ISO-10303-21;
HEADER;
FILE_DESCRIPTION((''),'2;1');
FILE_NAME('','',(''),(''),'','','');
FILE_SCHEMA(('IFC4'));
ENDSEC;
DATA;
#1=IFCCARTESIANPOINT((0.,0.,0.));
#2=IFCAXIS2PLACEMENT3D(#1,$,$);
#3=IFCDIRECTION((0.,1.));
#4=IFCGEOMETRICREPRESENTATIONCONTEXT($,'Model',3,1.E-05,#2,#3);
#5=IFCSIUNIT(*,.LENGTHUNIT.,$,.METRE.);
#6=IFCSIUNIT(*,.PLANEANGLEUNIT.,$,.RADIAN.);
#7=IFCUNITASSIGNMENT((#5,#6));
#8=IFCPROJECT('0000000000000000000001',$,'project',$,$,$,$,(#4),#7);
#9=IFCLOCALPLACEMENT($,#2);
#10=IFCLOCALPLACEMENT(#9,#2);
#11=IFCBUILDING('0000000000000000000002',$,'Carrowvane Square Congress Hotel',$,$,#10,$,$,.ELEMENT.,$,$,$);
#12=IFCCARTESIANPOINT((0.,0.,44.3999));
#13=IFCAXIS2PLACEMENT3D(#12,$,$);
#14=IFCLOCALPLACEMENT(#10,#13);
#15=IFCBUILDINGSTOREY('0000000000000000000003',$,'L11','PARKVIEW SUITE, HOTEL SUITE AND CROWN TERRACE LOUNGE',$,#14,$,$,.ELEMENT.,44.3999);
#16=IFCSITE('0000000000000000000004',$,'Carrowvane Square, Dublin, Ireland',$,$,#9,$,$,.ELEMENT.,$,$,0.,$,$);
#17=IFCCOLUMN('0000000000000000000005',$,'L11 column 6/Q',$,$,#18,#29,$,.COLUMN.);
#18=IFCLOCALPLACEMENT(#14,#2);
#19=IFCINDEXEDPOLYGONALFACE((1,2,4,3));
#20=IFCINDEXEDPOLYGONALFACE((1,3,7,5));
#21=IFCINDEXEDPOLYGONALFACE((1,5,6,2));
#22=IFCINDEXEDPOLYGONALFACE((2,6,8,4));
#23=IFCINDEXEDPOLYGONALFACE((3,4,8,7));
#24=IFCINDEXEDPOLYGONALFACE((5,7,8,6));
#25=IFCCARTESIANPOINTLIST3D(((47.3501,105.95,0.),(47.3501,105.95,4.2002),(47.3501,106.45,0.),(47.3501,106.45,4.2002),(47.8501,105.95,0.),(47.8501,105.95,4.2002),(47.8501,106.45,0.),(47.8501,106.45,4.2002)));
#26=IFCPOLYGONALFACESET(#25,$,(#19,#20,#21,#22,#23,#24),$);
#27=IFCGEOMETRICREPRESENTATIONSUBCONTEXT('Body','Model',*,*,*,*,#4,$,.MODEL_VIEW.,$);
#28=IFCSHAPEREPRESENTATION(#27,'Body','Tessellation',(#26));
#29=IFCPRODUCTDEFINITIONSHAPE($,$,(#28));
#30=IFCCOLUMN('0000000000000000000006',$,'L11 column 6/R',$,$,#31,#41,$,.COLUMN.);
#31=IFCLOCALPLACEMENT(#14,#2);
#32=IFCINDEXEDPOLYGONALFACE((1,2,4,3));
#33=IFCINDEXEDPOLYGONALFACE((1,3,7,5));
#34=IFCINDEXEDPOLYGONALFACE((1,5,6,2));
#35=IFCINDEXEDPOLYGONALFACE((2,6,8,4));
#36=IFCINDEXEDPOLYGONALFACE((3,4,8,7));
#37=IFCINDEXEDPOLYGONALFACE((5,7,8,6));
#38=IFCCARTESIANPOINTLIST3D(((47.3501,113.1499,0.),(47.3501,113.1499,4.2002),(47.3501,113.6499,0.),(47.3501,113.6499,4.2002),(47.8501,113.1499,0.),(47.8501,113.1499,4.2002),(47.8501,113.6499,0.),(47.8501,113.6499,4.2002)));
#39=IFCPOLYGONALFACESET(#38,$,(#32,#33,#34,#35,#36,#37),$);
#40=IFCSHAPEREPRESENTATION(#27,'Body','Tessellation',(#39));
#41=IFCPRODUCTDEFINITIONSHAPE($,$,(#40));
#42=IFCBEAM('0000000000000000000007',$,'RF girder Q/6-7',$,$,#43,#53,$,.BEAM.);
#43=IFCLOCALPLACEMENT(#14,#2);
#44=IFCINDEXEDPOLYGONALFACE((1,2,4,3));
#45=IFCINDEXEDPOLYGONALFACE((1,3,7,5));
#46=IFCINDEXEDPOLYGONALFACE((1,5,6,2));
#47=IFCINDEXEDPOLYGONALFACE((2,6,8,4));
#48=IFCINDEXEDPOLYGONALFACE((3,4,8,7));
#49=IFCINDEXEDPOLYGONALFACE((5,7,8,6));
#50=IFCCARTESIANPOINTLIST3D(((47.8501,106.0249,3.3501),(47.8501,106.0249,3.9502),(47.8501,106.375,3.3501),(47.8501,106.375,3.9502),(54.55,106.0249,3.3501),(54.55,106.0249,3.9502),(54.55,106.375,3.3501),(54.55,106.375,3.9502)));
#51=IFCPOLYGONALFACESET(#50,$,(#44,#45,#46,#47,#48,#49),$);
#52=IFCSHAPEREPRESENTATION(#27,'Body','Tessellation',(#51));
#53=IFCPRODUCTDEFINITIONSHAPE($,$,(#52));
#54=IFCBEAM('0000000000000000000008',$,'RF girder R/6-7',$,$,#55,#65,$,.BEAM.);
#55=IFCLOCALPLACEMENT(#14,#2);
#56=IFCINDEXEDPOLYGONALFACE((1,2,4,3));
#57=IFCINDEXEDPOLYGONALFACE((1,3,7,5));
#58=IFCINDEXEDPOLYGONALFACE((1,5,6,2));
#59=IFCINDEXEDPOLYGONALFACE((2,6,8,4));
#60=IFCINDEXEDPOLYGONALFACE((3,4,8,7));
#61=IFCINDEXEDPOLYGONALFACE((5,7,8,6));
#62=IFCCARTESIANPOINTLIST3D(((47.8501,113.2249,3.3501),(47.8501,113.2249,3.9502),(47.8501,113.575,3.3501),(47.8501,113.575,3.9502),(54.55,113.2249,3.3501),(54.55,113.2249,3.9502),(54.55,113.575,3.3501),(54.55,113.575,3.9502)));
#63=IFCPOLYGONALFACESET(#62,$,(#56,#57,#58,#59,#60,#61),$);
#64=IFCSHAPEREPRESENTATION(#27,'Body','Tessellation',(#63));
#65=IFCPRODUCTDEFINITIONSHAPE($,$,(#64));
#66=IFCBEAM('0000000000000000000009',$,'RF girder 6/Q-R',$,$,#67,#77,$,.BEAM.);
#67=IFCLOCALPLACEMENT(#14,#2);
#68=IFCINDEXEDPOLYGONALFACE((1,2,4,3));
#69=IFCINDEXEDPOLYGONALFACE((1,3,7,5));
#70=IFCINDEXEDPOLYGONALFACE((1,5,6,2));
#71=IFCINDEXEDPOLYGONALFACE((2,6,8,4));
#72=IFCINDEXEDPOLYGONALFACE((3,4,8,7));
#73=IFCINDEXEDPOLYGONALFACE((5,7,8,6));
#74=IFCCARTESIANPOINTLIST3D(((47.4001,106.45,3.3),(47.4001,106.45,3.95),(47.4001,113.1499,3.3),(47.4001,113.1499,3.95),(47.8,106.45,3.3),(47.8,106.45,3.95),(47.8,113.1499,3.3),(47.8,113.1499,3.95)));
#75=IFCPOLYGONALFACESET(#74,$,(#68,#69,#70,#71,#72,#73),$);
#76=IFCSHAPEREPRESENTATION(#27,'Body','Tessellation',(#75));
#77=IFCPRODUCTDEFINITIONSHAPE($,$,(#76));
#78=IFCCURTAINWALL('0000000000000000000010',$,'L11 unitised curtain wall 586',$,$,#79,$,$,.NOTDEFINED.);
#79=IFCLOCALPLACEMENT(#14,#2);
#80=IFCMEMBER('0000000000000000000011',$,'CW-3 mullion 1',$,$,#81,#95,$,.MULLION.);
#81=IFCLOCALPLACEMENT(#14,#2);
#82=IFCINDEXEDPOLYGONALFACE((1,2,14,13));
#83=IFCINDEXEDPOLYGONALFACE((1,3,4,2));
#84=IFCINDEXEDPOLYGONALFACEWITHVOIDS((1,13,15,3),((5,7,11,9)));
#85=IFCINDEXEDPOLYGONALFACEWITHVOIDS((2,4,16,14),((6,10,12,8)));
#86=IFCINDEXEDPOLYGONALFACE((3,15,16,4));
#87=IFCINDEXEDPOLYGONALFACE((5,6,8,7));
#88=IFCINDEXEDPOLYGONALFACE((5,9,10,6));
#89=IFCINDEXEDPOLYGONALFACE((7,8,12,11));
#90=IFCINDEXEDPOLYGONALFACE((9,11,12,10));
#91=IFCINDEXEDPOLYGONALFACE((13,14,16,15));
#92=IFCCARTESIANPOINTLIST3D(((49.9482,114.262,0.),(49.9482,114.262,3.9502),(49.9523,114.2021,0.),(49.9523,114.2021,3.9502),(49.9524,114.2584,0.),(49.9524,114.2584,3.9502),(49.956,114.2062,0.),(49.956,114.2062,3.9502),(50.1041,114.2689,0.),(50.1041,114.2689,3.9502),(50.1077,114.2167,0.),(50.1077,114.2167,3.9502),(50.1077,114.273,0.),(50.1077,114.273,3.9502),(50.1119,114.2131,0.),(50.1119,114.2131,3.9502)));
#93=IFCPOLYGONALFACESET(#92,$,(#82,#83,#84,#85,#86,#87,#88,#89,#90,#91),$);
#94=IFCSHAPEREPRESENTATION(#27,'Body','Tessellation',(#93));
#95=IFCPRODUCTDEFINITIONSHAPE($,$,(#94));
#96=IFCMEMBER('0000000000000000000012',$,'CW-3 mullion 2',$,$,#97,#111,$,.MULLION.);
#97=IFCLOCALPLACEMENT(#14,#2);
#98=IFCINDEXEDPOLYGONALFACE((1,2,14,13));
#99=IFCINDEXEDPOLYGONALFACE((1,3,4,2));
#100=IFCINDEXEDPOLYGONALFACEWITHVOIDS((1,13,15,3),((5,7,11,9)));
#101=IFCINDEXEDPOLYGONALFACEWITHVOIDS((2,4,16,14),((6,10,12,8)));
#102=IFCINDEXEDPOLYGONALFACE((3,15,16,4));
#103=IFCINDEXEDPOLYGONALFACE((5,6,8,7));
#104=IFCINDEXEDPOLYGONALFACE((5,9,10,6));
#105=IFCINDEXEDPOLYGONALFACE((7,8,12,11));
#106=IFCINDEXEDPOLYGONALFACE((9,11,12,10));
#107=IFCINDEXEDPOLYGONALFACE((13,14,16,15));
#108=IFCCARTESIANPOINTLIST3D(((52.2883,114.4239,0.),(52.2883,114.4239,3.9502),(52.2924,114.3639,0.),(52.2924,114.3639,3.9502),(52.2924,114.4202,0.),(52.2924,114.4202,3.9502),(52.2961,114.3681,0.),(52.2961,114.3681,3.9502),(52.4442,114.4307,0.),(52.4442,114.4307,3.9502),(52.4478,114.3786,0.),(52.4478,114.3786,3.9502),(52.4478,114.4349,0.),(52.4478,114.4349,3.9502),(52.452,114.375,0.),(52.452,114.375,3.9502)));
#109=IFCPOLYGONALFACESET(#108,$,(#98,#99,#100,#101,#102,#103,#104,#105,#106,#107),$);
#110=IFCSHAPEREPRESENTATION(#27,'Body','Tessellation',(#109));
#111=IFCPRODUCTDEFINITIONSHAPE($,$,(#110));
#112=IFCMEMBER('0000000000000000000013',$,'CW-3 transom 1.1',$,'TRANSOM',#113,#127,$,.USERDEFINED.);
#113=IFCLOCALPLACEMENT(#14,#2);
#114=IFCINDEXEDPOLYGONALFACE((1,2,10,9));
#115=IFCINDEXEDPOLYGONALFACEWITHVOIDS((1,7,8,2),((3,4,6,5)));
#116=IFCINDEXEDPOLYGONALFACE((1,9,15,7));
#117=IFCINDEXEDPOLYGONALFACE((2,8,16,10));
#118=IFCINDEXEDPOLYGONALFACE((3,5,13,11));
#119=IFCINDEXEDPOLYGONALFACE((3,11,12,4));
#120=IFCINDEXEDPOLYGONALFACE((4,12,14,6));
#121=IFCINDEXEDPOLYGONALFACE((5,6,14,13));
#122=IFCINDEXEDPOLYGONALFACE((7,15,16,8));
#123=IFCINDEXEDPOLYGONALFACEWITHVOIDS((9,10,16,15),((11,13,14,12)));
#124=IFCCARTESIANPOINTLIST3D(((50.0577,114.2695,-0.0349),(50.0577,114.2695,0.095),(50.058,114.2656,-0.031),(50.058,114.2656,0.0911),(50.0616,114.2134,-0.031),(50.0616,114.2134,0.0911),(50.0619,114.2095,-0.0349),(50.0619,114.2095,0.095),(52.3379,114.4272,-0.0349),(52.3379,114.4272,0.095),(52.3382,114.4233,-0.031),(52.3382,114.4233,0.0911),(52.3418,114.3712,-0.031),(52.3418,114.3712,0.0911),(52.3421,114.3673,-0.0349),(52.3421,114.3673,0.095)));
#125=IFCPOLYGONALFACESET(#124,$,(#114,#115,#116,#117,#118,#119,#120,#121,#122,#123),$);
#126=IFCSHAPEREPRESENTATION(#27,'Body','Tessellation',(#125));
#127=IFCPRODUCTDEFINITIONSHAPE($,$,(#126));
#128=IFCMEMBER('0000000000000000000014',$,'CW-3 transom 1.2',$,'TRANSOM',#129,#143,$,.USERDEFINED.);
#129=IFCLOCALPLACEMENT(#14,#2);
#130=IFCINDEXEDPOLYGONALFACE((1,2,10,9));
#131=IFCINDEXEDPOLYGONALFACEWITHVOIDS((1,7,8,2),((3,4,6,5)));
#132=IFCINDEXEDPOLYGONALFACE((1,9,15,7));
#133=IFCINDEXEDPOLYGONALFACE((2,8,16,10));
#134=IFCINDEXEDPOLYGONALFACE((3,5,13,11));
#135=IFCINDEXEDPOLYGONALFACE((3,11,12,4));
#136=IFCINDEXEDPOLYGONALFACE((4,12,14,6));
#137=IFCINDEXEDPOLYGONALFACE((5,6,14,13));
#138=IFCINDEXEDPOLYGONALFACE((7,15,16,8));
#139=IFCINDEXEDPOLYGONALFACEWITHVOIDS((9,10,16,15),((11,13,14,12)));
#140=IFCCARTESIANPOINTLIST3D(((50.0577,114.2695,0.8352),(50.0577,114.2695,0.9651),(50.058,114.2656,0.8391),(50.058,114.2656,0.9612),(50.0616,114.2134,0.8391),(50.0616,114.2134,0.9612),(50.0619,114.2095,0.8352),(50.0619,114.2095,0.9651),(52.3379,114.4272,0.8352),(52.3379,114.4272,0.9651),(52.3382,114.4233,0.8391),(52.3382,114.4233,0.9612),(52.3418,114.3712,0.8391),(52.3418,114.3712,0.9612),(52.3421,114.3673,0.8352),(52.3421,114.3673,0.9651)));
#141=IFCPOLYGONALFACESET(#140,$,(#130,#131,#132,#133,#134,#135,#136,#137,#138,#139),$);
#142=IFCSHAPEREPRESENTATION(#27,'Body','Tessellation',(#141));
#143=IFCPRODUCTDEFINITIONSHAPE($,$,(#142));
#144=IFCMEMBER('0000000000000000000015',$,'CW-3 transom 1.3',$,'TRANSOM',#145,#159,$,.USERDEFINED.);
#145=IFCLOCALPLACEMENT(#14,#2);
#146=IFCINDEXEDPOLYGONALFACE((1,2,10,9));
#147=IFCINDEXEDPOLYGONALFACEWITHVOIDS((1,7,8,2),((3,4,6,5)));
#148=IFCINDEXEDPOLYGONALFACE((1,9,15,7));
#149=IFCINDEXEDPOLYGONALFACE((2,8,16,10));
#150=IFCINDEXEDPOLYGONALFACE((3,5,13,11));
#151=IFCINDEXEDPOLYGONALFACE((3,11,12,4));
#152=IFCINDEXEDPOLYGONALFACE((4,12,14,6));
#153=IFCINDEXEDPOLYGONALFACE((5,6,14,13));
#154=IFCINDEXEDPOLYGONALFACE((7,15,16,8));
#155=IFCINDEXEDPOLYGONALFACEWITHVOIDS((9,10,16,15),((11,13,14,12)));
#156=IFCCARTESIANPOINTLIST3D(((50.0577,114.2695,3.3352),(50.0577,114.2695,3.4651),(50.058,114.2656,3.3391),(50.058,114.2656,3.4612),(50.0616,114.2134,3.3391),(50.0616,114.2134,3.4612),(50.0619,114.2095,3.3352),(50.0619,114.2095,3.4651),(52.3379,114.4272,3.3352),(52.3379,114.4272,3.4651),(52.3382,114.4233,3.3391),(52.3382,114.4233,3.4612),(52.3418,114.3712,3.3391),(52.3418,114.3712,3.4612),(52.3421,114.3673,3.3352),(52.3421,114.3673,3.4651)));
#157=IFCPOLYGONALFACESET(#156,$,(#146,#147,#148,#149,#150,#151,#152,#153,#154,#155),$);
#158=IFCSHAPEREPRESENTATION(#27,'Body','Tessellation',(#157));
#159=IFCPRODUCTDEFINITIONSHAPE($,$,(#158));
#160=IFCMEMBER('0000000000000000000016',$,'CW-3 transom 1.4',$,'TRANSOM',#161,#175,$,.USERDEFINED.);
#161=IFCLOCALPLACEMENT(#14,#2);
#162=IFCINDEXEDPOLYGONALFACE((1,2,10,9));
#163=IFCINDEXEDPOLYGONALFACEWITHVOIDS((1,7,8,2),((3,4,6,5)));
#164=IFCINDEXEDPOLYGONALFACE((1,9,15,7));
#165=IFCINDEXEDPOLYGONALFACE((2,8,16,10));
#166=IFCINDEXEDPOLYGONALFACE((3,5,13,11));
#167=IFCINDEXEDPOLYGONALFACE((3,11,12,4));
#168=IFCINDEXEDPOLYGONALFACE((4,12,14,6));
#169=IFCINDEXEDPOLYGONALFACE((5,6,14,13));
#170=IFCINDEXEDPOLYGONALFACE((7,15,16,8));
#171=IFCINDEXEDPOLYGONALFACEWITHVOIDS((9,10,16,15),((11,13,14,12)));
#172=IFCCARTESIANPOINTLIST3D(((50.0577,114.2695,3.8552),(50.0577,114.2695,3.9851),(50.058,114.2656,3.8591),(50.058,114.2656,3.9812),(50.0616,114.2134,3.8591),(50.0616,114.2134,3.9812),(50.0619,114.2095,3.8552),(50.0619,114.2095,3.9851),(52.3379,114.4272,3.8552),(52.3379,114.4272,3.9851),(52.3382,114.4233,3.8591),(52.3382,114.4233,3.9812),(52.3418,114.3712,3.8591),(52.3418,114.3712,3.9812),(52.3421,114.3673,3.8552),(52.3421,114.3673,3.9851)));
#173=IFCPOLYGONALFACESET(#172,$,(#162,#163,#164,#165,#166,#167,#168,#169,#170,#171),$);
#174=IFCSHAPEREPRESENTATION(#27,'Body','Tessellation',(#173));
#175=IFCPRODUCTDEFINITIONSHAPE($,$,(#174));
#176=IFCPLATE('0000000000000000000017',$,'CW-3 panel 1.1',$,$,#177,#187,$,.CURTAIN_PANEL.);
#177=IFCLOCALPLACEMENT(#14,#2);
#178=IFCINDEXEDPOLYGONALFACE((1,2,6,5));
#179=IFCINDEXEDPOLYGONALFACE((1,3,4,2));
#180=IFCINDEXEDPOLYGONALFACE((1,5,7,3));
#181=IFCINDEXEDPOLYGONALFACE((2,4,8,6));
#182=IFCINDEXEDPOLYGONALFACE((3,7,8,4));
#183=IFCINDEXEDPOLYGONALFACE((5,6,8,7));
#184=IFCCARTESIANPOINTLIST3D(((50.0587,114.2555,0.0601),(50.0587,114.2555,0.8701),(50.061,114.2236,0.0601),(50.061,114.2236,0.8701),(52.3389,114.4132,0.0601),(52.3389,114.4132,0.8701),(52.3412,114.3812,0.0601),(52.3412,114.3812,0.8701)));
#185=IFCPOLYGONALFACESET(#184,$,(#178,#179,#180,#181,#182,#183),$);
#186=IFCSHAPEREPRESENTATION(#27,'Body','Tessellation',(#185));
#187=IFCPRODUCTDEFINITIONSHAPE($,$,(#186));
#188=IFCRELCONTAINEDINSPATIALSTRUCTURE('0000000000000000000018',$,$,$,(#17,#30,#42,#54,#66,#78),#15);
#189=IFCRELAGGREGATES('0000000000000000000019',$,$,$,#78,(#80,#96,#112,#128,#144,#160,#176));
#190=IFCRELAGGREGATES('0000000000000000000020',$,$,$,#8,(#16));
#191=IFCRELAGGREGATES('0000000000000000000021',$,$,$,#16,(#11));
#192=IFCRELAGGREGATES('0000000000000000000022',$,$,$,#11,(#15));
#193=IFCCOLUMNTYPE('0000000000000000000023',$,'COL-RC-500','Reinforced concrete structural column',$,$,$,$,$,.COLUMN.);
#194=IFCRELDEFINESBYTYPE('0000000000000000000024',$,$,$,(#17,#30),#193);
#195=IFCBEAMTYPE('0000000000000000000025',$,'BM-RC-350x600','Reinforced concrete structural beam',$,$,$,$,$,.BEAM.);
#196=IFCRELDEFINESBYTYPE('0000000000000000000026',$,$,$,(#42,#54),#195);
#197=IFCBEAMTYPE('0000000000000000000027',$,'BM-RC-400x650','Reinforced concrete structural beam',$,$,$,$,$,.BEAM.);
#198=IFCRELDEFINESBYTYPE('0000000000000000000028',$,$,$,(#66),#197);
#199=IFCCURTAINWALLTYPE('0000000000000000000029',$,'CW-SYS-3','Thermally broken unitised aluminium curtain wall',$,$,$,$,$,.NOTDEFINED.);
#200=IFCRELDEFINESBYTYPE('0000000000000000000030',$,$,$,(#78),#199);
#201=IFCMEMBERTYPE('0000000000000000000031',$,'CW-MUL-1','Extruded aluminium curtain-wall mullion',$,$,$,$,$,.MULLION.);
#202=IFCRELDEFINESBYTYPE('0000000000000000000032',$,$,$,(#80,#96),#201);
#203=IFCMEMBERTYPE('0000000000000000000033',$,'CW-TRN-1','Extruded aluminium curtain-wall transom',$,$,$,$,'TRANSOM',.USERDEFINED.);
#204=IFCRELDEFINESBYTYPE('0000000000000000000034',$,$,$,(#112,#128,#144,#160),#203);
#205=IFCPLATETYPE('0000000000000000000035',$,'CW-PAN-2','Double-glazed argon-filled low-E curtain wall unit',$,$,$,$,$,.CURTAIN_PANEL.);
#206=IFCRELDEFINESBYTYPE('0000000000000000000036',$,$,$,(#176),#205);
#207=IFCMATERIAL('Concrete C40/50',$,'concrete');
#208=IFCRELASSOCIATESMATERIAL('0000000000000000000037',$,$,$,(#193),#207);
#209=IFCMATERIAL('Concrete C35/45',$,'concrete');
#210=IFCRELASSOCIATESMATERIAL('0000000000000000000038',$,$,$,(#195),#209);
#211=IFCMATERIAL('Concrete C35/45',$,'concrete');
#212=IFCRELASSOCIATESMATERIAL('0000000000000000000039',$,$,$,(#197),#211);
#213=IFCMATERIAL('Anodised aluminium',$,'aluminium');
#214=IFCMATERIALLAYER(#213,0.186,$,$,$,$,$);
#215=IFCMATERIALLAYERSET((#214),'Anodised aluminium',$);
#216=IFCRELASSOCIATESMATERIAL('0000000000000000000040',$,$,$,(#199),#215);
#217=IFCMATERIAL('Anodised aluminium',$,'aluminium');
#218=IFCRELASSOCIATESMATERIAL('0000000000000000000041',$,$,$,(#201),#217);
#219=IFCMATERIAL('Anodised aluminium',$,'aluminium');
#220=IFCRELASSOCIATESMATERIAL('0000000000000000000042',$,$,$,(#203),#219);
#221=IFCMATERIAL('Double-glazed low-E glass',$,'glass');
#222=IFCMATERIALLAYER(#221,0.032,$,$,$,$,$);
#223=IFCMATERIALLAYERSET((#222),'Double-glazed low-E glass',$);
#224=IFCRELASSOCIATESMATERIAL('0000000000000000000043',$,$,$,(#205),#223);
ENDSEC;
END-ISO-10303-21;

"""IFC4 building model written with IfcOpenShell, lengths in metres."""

from ifc_helpers import new_model, si_unit, direction, frame, origin, origin_2d, place, context, subcontext, project, spatial, rectangle, hollow_rectangle, extrude, material, layer, layer_set, material_profile, profile_set, type_object, element, aggregate, save


model = new_model("IFC4")

# Units and contexts
model_context = context("Model", 3, precision=1e-05, world=origin(), true_north=direction((0.0, 1.0)))
body_context = subcontext(model_context, "Body", "Model", "MODEL_VIEW")
ifc_project = project(units=[si_unit("LENGTHUNIT", "METRE"), si_unit("PLANEANGLEUNIT", "RADIAN")], contexts=[model_context])

# Site, building, storey
site_placement = place(None, origin())
site = spatial("IfcSite", under=ifc_project, at=site_placement, Name="Carrowvane Square, Dublin, Ireland", CompositionType="ELEMENT", RefElevation=0.0)
building_placement = place(site_placement, origin())
building = spatial("IfcBuilding", under=site, at=building_placement, Name="Carrowvane Square Congress Hotel", CompositionType="ELEMENT")
storey_placement = place(building_placement, frame((0.0, 0.0, 44.3999)))
storey = spatial("IfcBuildingStorey", under=building, at=storey_placement, Name="L11", Description="PARKVIEW SUITE, HOTEL SUITE AND CROWN TERRACE LOUNGE", CompositionType="ELEMENT", Elevation=44.3999)

# Columns
ifc_material_1 = material(Name="Concrete C40/50", Category="concrete")
ifc_material_profile_1 = material_profile(ifc_material_1, rectangle(XDim=0.5, YDim=0.5, at=origin_2d()), Name="RC 500x500")
ifc_profile_set_1 = profile_set([ifc_material_profile_1], Name="Concrete C40/50")
column_type = type_object("IfcColumnType", Name="COL-RC-500", Description="Reinforced concrete structural column", PredefinedType="COLUMN", material=ifc_profile_set_1)
for number, where, z_axis, x_axis, name in (
    (1, (47.6001, 106.2, 0.0), (0.0, 0.0, 1.0), (1.0, 0.0, 0.0), "L11 column 6/Q"),
    (2, (47.6001, 113.3999, 0.0), (0.0, 0.0, 1.0), (1.0, 0.0, 0.0), "L11 column 6/R"),
):
    element("IfcColumn", number, at=place(storey_placement, frame(where, z_axis=z_axis, x_axis=x_axis)), inside=storey, type_object=column_type, Name=name, PredefinedType="COLUMN", context=body_context, shape_type="SweptSolid", body=[
        extrude(rectangle(XDim=0.5, YDim=0.5, at=origin_2d()), origin(), (0.0, 0.0, 1.0), 4.2002),
    ])

# Beams
ifc_material_2 = material(Name="Concrete C35/45", Category="concrete")
ifc_material_profile_2 = material_profile(ifc_material_2, rectangle(XDim=0.3501, YDim=0.6001, at=origin_2d()), Name="RC 350x600")
ifc_profile_set_2 = profile_set([ifc_material_profile_2], Name="Concrete C35/45")
beam_type_1 = type_object("IfcBeamType", Name="BM-RC-350x600", Description="Reinforced concrete structural beam", PredefinedType="BEAM", material=ifc_profile_set_2)
for number, where, z_axis, x_axis, name in (
    (3, (47.8501, 106.2, 3.6501), (1.0, 0.0, 0.0), (0.0, 1.0, 0.0), "RF girder Q/6-7"),
    (4, (47.8501, 113.3999, 3.6501), (1.0, 0.0, 0.0), (0.0, 1.0, 0.0), "RF girder R/6-7"),
):
    element("IfcBeam", number, at=place(storey_placement, frame(where, z_axis=z_axis, x_axis=x_axis)), inside=storey, type_object=beam_type_1, Name=name, PredefinedType="BEAM", context=body_context, shape_type="SweptSolid", body=[
        extrude(rectangle(XDim=0.3501, YDim=0.6001, at=origin_2d()), origin(), (0.0, 0.0, 1.0), 6.7),
    ])
ifc_material_3 = material(Name="Concrete C35/45", Category="concrete")
ifc_material_profile_3 = material_profile(ifc_material_3, rectangle(XDim=0.3999, YDim=0.6499, at=origin_2d()), Name="RC 400x650")
ifc_profile_set_3 = profile_set([ifc_material_profile_3], Name="Concrete C35/45")
beam_type_2 = type_object("IfcBeamType", Name="BM-RC-400x650", Description="Reinforced concrete structural beam", PredefinedType="BEAM", material=ifc_profile_set_3)
beam_placement = place(storey_placement, frame((47.6001, 106.45, 3.625), z_axis=(0.0, 1.0, 0.0), x_axis=(-1.0, 0.0, 0.0)))
element("IfcBeam", 5, at=beam_placement, inside=storey, type_object=beam_type_2, Name="RF girder 6/Q-R", PredefinedType="BEAM", context=body_context, shape_type="SweptSolid", body=[
    extrude(rectangle(XDim=0.3999, YDim=0.6499, at=origin_2d()), origin(), (0.0, 0.0, 1.0), 6.7),
])

# Curtain wall, members, plate
ifc_material_4 = material(Name="Anodised aluminium", Category="aluminium")
ifc_layer_1 = layer(ifc_material_4, 0.186)
ifc_layer_set_1 = layer_set([ifc_layer_1], Name="Anodised aluminium")
curtain_wall_type = type_object("IfcCurtainWallType", Name="CW-SYS-3", Description="Thermally broken unitised aluminium curtain wall", PredefinedType="NOTDEFINED", material=ifc_layer_set_1)
curtain_wall_placement = place(storey_placement, origin())
curtain_wall = element("IfcCurtainWall", 6, at=curtain_wall_placement, inside=storey, type_object=curtain_wall_type, Name="L11 unitised curtain wall 586", PredefinedType="NOTDEFINED")
ifc_material_5 = material(Name="Anodised aluminium", Category="aluminium")
ifc_material_profile_4 = material_profile(ifc_material_5, hollow_rectangle(XDim=0.0601, YDim=0.1599, WallThickness=0.0039, at=origin_2d()), Name="CW-ML 60x160x4")
ifc_profile_set_4 = profile_set([ifc_material_profile_4], Name="Anodised aluminium")
member_type_1 = type_object("IfcMemberType", Name="CW-MUL-1", Description="Extruded aluminium curtain-wall mullion", PredefinedType="MULLION", material=ifc_profile_set_4)
member_1_placement = place(storey_placement, frame((50.03, 114.2375, 0.0), z_axis=(0.0, 0.0, 1.0), x_axis=(-0.068986, 0.997618, 0.0)))
member_1 = element("IfcMember", 7, at=member_1_placement, type_object=member_type_1, Name="CW-3 mullion 1", PredefinedType="MULLION", context=body_context, shape_type="SweptSolid", body=[
    extrude(hollow_rectangle(XDim=0.0601, YDim=0.1599, WallThickness=0.0039, at=origin_2d()), origin(), (0.0, 0.0, 1.0), 3.9502),
])
member_2_placement = place(storey_placement, frame((52.3701, 114.3994, 0.0), z_axis=(0.0, 0.0, 1.0), x_axis=(-0.068986, 0.997618, 0.0)))
member_2 = element("IfcMember", 8, at=member_2_placement, type_object=member_type_1, Name="CW-3 mullion 2", PredefinedType="MULLION", context=body_context, shape_type="SweptSolid", body=[
    extrude(hollow_rectangle(XDim=0.0601, YDim=0.1599, WallThickness=0.0039, at=origin_2d()), origin(), (0.0, 0.0, 1.0), 3.9502),
])
ifc_material_6 = material(Name="Anodised aluminium", Category="aluminium")
ifc_material_profile_5 = material_profile(ifc_material_6, hollow_rectangle(XDim=0.0601, YDim=0.1299, WallThickness=0.0039, at=origin_2d()), Name="CW-TR 60x130x4")
ifc_profile_set_5 = profile_set([ifc_material_profile_5], Name="Anodised aluminium")
member_type_2 = type_object("IfcMemberType", Name="CW-TRN-1", Description="Extruded aluminium curtain-wall transom", ElementType="TRANSOM", PredefinedType="USERDEFINED", material=ifc_profile_set_5)
member_3_placement = place(storey_placement, frame((50.0598, 114.2395, 0.03), z_axis=(0.997617, 0.069, 0.0), x_axis=(-0.069, 0.997617, 0.0)))
member_3 = element("IfcMember", 9, at=member_3_placement, type_object=member_type_2, Name="CW-3 transom 1.1", ObjectType="TRANSOM", PredefinedType="USERDEFINED", context=body_context, shape_type="SweptSolid", body=[
    extrude(hollow_rectangle(XDim=0.0601, YDim=0.1299, WallThickness=0.0039, at=origin_2d()), origin(), (0.0, 0.0, 1.0), 2.2856),
])
member_4_placement = place(storey_placement, frame((50.0598, 114.2395, 0.9001), z_axis=(0.997617, 0.069, 0.0), x_axis=(-0.069, 0.997617, 0.0)))
member_4 = element("IfcMember", 10, at=member_4_placement, type_object=member_type_2, Name="CW-3 transom 1.2", ObjectType="TRANSOM", PredefinedType="USERDEFINED", context=body_context, shape_type="SweptSolid", body=[
    extrude(hollow_rectangle(XDim=0.0601, YDim=0.1299, WallThickness=0.0039, at=origin_2d()), origin(), (0.0, 0.0, 1.0), 2.2856),
])
member_5_placement = place(storey_placement, frame((50.0598, 114.2395, 3.4001), z_axis=(0.997617, 0.069, 0.0), x_axis=(-0.069, 0.997617, 0.0)))
member_5 = element("IfcMember", 11, at=member_5_placement, type_object=member_type_2, Name="CW-3 transom 1.3", ObjectType="TRANSOM", PredefinedType="USERDEFINED", context=body_context, shape_type="SweptSolid", body=[
    extrude(hollow_rectangle(XDim=0.0601, YDim=0.1299, WallThickness=0.0039, at=origin_2d()), origin(), (0.0, 0.0, 1.0), 2.2856),
])
member_6_placement = place(storey_placement, frame((50.0598, 114.2395, 3.9202), z_axis=(0.997617, 0.069, 0.0), x_axis=(-0.069, 0.997617, 0.0)))
member_6 = element("IfcMember", 12, at=member_6_placement, type_object=member_type_2, Name="CW-3 transom 1.4", ObjectType="TRANSOM", PredefinedType="USERDEFINED", context=body_context, shape_type="SweptSolid", body=[
    extrude(hollow_rectangle(XDim=0.0601, YDim=0.1299, WallThickness=0.0039, at=origin_2d()), origin(), (0.0, 0.0, 1.0), 2.2856),
])
ifc_material_7 = material(Name="Double-glazed low-E glass", Category="glass")
ifc_layer_2 = layer(ifc_material_7, 0.032)
ifc_layer_set_2 = layer_set([ifc_layer_2], Name="Double-glazed low-E glass")
plate_type_1 = type_object("IfcPlateType", Name="CW-PAN-2", Description="Double-glazed argon-filled low-E curtain wall unit", PredefinedType="CURTAIN_PANEL", material=ifc_layer_set_2)
plate_1_placement = place(storey_placement, frame((51.2, 114.3184, 0.0601), z_axis=(0.0, 0.0, 1.0), x_axis=(0.997618, 0.068986, 0.0)))
plate_1 = element("IfcPlate", 13, at=plate_1_placement, type_object=plate_type_1, Name="CW-3 panel 1.1", PredefinedType="CURTAIN_PANEL", context=body_context, shape_type="SweptSolid", body=[
    extrude(rectangle(XDim=2.2856, YDim=0.032, at=origin_2d()), origin(), (0.0, 0.0, 1.0), 0.8101),
])
aggregate(curtain_wall, [member_1, member_2, member_3, member_4, member_5, member_6, plate_1])

save(model, "model.ifc")
